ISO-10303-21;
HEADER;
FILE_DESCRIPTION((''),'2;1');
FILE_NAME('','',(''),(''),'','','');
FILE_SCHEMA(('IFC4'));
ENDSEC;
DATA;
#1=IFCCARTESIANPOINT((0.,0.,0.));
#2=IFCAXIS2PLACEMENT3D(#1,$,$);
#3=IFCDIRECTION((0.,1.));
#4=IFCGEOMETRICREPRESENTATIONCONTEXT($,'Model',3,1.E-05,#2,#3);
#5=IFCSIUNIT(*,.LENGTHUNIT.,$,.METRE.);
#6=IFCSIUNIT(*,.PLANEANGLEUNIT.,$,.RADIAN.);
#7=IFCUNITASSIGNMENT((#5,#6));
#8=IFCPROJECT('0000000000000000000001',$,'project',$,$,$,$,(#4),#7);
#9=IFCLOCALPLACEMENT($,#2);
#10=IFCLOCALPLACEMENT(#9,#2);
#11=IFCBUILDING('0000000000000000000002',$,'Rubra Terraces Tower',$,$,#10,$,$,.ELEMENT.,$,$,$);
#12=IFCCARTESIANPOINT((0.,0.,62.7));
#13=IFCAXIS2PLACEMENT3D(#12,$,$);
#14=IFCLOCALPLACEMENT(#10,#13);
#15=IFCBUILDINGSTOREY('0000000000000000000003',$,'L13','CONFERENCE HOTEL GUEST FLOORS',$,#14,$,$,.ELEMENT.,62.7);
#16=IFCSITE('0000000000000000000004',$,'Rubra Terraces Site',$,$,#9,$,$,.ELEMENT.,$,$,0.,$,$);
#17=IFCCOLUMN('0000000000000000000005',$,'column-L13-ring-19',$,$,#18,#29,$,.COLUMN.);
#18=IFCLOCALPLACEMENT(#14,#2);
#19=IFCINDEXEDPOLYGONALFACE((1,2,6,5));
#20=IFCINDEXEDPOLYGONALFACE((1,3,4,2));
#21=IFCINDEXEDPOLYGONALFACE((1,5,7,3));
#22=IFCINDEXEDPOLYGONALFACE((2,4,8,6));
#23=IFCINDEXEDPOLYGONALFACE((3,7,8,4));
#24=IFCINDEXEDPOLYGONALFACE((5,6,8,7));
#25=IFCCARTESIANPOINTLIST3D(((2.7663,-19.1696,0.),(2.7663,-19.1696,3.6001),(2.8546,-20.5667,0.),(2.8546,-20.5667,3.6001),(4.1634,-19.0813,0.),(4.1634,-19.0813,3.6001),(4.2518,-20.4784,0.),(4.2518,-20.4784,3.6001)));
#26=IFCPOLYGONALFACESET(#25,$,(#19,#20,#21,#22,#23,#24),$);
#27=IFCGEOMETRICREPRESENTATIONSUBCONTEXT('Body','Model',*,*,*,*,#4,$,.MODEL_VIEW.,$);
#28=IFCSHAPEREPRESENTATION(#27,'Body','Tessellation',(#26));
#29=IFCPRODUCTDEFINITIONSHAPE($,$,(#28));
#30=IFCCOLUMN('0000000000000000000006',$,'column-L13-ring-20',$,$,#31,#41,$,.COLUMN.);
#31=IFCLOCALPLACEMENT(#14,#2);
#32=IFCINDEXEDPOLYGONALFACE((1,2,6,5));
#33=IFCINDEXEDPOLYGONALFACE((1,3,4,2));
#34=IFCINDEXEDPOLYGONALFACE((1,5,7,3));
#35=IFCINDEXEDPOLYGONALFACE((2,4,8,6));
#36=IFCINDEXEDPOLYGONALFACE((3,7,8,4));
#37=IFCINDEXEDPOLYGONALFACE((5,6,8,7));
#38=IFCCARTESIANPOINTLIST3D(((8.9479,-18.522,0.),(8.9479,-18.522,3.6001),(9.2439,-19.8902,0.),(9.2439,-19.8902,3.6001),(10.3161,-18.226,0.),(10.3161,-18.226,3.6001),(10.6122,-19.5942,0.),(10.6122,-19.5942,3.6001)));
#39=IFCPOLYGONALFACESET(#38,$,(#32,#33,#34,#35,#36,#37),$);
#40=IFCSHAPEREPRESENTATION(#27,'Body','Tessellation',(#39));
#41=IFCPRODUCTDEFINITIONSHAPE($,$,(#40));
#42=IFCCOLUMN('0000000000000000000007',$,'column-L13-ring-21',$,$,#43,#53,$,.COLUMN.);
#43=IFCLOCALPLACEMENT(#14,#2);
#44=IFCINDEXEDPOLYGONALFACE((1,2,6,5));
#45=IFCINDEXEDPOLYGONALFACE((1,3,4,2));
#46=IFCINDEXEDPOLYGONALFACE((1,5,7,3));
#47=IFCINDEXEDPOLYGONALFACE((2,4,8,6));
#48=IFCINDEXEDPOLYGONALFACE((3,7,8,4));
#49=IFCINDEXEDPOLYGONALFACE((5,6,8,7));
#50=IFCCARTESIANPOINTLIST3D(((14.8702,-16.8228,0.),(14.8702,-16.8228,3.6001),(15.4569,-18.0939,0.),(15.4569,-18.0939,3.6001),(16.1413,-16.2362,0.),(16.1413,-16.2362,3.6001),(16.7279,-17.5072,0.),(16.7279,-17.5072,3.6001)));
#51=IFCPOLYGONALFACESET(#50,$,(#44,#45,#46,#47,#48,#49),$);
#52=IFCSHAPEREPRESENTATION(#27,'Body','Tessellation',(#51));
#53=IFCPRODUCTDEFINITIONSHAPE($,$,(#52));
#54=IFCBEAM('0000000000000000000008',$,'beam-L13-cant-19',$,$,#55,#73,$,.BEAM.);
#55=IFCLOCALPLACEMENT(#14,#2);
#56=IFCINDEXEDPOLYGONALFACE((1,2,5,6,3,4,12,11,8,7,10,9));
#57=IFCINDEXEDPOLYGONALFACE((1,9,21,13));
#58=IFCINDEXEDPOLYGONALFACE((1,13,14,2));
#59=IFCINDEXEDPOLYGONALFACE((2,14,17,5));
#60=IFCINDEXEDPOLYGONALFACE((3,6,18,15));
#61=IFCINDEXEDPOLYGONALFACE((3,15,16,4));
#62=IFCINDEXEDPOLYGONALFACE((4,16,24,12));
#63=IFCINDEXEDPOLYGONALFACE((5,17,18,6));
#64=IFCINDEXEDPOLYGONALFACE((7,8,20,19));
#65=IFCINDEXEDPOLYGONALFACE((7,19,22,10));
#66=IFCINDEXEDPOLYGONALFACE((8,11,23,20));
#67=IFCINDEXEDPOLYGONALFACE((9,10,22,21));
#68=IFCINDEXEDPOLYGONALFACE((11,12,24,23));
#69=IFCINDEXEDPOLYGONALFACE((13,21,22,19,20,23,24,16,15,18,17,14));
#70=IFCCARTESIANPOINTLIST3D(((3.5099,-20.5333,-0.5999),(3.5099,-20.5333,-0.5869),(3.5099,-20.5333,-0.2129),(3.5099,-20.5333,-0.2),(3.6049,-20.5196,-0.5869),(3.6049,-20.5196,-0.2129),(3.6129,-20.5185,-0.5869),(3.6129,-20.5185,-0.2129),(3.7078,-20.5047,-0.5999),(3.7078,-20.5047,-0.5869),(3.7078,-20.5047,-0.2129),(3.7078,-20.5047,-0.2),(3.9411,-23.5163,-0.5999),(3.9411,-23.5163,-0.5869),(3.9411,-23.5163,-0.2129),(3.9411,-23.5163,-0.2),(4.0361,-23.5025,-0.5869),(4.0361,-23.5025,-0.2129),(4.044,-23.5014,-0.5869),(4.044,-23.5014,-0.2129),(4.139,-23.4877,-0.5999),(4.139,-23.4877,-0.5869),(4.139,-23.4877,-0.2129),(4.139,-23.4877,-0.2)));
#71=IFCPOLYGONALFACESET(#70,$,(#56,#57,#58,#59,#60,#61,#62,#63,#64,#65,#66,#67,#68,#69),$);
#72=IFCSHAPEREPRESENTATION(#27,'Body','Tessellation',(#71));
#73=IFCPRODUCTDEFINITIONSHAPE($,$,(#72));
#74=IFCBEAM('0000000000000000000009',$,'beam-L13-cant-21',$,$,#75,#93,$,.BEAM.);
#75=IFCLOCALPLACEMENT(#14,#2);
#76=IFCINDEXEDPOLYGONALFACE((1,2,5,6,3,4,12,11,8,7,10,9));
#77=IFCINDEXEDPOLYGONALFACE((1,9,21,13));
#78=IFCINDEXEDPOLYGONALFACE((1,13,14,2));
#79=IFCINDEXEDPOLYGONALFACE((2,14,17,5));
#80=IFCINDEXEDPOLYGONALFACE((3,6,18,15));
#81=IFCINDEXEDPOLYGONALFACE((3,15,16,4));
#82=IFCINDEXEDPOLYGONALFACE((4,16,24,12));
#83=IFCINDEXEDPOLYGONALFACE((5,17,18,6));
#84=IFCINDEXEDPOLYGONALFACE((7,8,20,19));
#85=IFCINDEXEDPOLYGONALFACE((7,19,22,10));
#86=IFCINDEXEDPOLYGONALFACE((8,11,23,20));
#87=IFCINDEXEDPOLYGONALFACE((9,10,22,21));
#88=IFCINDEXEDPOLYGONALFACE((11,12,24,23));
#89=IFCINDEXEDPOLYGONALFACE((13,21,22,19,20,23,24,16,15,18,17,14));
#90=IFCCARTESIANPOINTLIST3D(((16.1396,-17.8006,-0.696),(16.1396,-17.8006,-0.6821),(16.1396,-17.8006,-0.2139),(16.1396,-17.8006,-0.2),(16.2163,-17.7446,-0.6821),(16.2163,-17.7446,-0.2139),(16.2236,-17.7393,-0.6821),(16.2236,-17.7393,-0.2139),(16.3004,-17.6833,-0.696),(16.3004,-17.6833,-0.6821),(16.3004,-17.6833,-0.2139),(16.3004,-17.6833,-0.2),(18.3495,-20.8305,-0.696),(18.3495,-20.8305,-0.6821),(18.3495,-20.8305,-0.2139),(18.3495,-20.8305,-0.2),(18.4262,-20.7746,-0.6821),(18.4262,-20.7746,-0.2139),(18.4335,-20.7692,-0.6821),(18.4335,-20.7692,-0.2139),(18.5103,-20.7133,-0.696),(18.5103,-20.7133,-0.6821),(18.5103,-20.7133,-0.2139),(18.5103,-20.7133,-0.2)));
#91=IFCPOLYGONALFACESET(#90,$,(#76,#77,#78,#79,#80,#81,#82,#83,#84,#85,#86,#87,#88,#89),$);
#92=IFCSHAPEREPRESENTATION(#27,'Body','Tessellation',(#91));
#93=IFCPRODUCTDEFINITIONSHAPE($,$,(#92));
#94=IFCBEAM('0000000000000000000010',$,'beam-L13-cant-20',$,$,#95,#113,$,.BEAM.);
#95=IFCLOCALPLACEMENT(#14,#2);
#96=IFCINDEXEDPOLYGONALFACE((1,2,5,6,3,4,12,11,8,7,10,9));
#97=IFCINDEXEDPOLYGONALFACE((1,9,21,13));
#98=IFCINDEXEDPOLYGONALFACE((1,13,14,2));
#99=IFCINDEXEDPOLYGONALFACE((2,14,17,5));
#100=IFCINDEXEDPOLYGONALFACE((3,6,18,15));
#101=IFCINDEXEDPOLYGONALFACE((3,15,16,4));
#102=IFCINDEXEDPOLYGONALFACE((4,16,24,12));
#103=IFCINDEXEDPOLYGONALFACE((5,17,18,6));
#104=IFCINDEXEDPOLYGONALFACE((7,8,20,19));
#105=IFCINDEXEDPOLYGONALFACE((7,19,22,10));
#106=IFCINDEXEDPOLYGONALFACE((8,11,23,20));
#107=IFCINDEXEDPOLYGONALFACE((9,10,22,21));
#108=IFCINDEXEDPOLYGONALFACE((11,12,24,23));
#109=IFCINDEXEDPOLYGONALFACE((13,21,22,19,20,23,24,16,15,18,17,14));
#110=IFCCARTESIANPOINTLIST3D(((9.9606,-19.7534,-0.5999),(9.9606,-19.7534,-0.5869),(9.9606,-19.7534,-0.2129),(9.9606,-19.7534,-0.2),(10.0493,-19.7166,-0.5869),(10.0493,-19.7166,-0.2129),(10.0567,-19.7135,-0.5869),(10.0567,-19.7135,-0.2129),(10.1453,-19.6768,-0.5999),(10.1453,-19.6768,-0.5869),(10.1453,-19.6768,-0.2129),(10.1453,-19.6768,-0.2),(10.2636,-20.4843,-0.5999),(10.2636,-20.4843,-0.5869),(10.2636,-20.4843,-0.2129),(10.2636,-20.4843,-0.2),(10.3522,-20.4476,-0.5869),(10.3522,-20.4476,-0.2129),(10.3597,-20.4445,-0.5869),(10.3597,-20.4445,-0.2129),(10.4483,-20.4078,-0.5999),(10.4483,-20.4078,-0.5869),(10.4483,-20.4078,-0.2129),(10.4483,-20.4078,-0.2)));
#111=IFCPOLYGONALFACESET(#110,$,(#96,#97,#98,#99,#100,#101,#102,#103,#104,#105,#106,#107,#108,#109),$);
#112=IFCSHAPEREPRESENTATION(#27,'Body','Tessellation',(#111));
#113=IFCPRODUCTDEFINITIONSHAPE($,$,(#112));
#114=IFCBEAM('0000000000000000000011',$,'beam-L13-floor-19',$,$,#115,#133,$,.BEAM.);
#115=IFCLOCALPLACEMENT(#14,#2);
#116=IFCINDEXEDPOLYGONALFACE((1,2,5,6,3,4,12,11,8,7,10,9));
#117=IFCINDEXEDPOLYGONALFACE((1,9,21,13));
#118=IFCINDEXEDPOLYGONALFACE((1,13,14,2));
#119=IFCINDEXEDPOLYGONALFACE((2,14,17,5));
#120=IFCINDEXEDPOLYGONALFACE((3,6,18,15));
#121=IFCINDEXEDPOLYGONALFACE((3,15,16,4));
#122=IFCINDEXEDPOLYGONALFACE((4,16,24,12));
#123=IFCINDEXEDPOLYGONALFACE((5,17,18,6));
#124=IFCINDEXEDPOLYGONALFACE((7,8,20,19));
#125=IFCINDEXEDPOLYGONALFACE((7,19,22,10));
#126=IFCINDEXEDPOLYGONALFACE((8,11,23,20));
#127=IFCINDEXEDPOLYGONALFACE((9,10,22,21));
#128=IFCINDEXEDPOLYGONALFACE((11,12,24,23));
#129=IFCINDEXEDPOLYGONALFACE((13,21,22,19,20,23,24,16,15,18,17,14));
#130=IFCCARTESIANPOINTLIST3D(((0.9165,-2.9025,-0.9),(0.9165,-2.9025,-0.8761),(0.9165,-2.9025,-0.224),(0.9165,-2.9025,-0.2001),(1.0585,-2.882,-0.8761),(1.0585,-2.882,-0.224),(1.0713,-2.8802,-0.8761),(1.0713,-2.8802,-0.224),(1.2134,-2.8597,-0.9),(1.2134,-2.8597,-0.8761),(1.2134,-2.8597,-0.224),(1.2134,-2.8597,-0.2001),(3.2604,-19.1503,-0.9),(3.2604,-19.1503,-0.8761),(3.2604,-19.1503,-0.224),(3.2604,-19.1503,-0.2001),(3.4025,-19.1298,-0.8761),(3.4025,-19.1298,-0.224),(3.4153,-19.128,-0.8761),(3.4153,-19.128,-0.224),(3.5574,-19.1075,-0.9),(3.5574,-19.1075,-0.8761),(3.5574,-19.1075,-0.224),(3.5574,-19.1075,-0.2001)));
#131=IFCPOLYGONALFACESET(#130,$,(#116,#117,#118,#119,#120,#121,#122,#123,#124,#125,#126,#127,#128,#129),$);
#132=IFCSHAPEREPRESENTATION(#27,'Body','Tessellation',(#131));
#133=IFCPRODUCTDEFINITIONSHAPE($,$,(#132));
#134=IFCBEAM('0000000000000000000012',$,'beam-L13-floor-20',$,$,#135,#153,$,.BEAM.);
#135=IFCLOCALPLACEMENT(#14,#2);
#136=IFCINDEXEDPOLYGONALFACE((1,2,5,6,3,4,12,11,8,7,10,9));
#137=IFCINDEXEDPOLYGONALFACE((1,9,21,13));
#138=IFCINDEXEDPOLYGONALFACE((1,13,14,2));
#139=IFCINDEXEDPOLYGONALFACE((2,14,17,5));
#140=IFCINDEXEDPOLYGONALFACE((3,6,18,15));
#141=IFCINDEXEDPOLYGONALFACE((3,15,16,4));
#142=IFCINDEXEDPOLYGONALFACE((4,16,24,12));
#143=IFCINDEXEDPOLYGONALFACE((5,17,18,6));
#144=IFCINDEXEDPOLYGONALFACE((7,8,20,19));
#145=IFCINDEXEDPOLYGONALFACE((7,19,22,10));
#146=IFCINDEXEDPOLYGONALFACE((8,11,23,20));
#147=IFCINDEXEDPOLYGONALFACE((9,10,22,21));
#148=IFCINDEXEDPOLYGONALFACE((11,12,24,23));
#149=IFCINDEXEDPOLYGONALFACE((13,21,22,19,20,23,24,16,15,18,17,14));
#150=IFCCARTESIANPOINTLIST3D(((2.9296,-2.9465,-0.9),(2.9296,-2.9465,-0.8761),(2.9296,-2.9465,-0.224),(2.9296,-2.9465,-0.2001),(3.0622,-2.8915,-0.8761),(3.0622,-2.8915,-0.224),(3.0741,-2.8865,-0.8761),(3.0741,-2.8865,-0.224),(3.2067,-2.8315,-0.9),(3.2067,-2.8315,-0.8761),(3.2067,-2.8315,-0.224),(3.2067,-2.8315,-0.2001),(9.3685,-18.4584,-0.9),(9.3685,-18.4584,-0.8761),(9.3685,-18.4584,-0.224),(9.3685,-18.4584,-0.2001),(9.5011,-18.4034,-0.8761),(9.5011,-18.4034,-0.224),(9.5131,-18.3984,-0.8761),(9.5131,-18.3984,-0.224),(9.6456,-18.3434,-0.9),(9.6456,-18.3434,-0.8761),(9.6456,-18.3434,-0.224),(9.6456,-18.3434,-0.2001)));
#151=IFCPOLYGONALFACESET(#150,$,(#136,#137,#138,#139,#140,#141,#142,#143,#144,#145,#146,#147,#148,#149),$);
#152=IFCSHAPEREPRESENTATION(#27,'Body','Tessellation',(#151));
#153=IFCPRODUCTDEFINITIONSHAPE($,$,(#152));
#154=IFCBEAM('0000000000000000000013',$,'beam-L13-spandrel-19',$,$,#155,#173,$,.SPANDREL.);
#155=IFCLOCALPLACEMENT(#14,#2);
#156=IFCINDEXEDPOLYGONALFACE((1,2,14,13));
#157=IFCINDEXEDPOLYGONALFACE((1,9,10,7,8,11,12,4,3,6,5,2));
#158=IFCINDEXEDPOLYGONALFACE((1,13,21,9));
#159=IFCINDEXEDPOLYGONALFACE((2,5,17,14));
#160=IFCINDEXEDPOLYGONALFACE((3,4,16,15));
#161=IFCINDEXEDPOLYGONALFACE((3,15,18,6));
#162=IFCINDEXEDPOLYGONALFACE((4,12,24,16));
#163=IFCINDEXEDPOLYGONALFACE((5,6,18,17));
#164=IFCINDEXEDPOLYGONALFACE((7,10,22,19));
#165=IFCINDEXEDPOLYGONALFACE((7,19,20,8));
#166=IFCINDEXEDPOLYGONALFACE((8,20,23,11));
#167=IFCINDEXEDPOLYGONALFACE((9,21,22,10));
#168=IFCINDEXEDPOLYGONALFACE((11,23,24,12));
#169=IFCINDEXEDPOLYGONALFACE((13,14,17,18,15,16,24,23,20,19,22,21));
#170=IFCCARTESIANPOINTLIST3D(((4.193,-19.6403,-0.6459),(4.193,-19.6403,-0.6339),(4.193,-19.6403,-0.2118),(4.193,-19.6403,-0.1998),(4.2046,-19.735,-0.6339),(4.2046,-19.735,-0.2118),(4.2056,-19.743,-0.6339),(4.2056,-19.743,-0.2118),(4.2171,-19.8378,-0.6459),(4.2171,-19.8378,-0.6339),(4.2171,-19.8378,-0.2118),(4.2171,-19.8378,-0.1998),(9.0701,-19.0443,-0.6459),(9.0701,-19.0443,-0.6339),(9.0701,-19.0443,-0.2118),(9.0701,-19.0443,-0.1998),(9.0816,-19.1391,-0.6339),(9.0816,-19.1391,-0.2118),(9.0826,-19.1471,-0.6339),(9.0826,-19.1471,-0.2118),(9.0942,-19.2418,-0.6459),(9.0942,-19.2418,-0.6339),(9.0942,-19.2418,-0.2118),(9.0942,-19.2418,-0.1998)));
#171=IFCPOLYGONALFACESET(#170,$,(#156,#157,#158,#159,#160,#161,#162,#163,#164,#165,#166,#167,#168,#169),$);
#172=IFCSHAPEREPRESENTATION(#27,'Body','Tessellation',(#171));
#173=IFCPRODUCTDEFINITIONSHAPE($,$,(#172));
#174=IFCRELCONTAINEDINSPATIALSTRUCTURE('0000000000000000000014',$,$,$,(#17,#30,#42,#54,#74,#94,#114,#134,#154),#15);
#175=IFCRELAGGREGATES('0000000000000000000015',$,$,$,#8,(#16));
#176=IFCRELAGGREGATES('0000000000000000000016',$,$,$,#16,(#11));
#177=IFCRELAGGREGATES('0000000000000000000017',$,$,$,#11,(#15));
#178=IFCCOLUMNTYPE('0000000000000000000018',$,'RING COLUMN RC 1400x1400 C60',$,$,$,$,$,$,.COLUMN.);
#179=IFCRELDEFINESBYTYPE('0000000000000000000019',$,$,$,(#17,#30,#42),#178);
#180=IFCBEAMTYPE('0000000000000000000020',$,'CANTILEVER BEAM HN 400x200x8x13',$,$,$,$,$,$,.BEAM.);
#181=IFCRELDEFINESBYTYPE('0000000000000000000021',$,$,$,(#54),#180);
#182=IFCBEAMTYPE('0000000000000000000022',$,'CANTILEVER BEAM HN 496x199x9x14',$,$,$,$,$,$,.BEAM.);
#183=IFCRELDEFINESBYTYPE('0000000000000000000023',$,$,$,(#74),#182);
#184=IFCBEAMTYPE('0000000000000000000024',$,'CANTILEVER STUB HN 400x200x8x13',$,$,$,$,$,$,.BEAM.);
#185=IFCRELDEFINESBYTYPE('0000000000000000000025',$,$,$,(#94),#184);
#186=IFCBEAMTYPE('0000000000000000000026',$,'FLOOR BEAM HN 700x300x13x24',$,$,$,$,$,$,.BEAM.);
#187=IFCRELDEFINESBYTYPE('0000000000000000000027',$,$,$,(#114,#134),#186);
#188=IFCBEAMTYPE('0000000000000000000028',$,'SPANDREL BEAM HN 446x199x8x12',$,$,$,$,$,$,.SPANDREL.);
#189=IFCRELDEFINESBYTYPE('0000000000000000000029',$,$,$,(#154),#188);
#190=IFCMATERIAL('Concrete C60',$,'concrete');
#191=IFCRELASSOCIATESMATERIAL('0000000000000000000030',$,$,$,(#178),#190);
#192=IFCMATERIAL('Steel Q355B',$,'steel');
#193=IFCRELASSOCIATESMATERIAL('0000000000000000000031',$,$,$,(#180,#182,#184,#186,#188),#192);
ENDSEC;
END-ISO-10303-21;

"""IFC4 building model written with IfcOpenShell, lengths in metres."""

from ifc_helpers import new_model, si_unit, direction, frame, origin, origin_2d, place, context, subcontext, project, spatial, rectangle, i_section, extrude, material, material_profile, profile_set, type_object, element, save


model = new_model("IFC4")

# Units and contexts
model_context = context("Model", 3, precision=1e-05, world=origin(), true_north=direction((0.0, 1.0)))
body_context = subcontext(model_context, "Body", "Model", "MODEL_VIEW")
ifc_project = project(units=[si_unit("LENGTHUNIT", "METRE"), si_unit("PLANEANGLEUNIT", "RADIAN")], contexts=[model_context])

# Site, building, storey
site_placement = place(None, origin())
site = spatial("IfcSite", under=ifc_project, at=site_placement, Name="Rubra Terraces Site", CompositionType="ELEMENT", RefElevation=0.0)
building_placement = place(site_placement, origin())
building = spatial("IfcBuilding", under=site, at=building_placement, Name="Rubra Terraces Tower", CompositionType="ELEMENT")
storey_placement = place(building_placement, frame((0.0, 0.0, 62.7)))
storey = spatial("IfcBuildingStorey", under=building, at=storey_placement, Name="L13", Description="CONFERENCE HOTEL GUEST FLOORS", CompositionType="ELEMENT", Elevation=62.7)

# Columns
ifc_material_1 = material(Name="Concrete C60", Category="concrete")
ifc_material_profile_1 = material_profile(ifc_material_1, rectangle(XDim=1.3999, YDim=1.3999, at=origin_2d()), Name="RC 1400x1400")
ifc_profile_set_1 = profile_set([ifc_material_profile_1], Name="Concrete C60")
column_type = type_object("IfcColumnType", Name="RING COLUMN RC 1400x1400 C60", PredefinedType="COLUMN", material=ifc_profile_set_1)
for number, where, z_axis, x_axis, name in (
    (1, (3.509, -19.824, 0.0), (0.0, 0.0, 1.0), (0.998008, 0.063094, 0.0), "column-L13-ring-19"),
    (2, (9.78, -19.0581, 0.0), (0.0, 0.0, 1.0), (0.977386, 0.211462, 0.0), "column-L13-ring-20"),
    (3, (15.7991, -17.165, 0.0), (0.0, 0.0, 1.0), (0.907952, 0.419073, 0.0), "column-L13-ring-21"),
):
    element("IfcColumn", number, at=place(storey_placement, frame(where, z_axis=z_axis, x_axis=x_axis)), inside=storey, type_object=column_type, Name=name, PredefinedType="COLUMN", context=body_context, shape_type="SweptSolid", body=[
        extrude(rectangle(XDim=1.3999, YDim=1.3999, at=origin_2d()), origin(), (0.0, 0.0, 1.0), 3.6001),
    ])

# Beams
ifc_material_2 = material(Name="Steel Q355B", Category="steel")
ifc_material_profile_2 = material_profile(ifc_material_2, i_section(OverallWidth=0.2, OverallDepth=0.3999, WebThickness=0.0081, FlangeThickness=0.0129, at=origin_2d()), Name="HN 400x200x8x13")
ifc_profile_set_2 = profile_set([ifc_material_profile_2], Name="Steel Q355B")
beam_type_1 = type_object("IfcBeamType", Name="CANTILEVER BEAM HN 400x200x8x13", PredefinedType="BEAM", material=ifc_profile_set_2)
beam_1_placement = place(storey_placement, frame((3.6089, -20.519, -0.3999), z_axis=(0.143054, -0.989715, 0.0), x_axis=(0.989715, 0.143054, 0.0)))
element("IfcBeam", 4, at=beam_1_placement, inside=storey, type_object=beam_type_1, Name="beam-L13-cant-19", PredefinedType="BEAM", context=body_context, shape_type="SweptSolid", body=[
    extrude(i_section(OverallWidth=0.2, OverallDepth=0.3999, WebThickness=0.0081, FlangeThickness=0.0129, at=origin_2d()), origin(), (0.0, 0.0, 1.0), 3.0139),
])
ifc_material_profile_3 = material_profile(ifc_material_2, i_section(OverallWidth=0.199, OverallDepth=0.4961, WebThickness=0.009, FlangeThickness=0.0139, at=origin_2d()), Name="HN 496x199x9x14")
ifc_profile_set_3 = profile_set([ifc_material_profile_3], Name="Steel Q355B")
beam_type_2 = type_object("IfcBeamType", Name="CANTILEVER BEAM HN 496x199x9x14", PredefinedType="BEAM", material=ifc_profile_set_3)
beam_2_placement = place(storey_placement, frame((16.22, -17.7419, -0.448), z_axis=(0.58927, -0.807936, 0.0), x_axis=(0.807936, 0.58927, 0.0)))
element("IfcBeam", 5, at=beam_2_placement, inside=storey, type_object=beam_type_2, Name="beam-L13-cant-21", PredefinedType="BEAM", context=body_context, shape_type="SweptSolid", body=[
    extrude(i_section(OverallWidth=0.199, OverallDepth=0.4961, WebThickness=0.009, FlangeThickness=0.0139, at=origin_2d()), origin(), (0.0, 0.0, 1.0), 3.7502),
])
ifc_material_profile_4 = material_profile(ifc_material_2, i_section(OverallWidth=0.2, OverallDepth=0.3999, WebThickness=0.0081, FlangeThickness=0.0129, at=origin_2d()), Name="HN 400x200x8x13")
ifc_profile_set_4 = profile_set([ifc_material_profile_4], Name="Steel Q355B")
beam_type_3 = type_object("IfcBeamType", Name="CANTILEVER STUB HN 400x200x8x13", PredefinedType="BEAM", material=ifc_profile_set_4)
beam_3_placement = place(storey_placement, frame((10.053, -19.7151, -0.3999), z_axis=(0.382906, -0.923787, 0.0), x_axis=(0.923787, 0.382906, 0.0)))
element("IfcBeam", 6, at=beam_3_placement, inside=storey, type_object=beam_type_3, Name="beam-L13-cant-20", PredefinedType="BEAM", context=body_context, shape_type="SweptSolid", body=[
    extrude(i_section(OverallWidth=0.2, OverallDepth=0.3999, WebThickness=0.0081, FlangeThickness=0.0129, at=origin_2d()), origin(), (0.0, 0.0, 1.0), 0.7913),
])
ifc_material_profile_5 = material_profile(ifc_material_2, i_section(OverallWidth=0.3, OverallDepth=0.7, WebThickness=0.0129, FlangeThickness=0.0239, at=origin_2d()), Name="HN 700x300x13x24")
ifc_profile_set_5 = profile_set([ifc_material_profile_5], Name="Steel Q355B")
beam_type_4 = type_object("IfcBeamType", Name="FLOOR BEAM HN 700x300x13x24", PredefinedType="BEAM", material=ifc_profile_set_5)
beam_4_placement = place(storey_placement, frame((3.4089, -19.1289, -0.55), z_axis=(-0.142787, 0.989753, 0.0), x_axis=(-0.989753, -0.142787, 0.0)))
element("IfcBeam", 7, at=beam_4_placement, inside=storey, type_object=beam_type_4, Name="beam-L13-floor-19", PredefinedType="BEAM", context=body_context, shape_type="SweptSolid", body=[
    extrude(i_section(OverallWidth=0.3, OverallDepth=0.7, WebThickness=0.0129, FlangeThickness=0.0239, at=origin_2d()), origin(), (0.0, 0.0, 1.0), 16.416),
])
beam_5_placement = place(storey_placement, frame((9.5071, -18.4009, -0.55), z_axis=(-0.38338, 0.923591, 0.0), x_axis=(-0.923591, -0.38338, 0.0)))
element("IfcBeam", 8, at=beam_5_placement, inside=storey, type_object=beam_type_4, Name="beam-L13-floor-20", PredefinedType="BEAM", context=body_context, shape_type="SweptSolid", body=[
    extrude(i_section(OverallWidth=0.3, OverallDepth=0.7, WebThickness=0.0129, FlangeThickness=0.0239, at=origin_2d()), origin(), (0.0, 0.0, 1.0), 16.7952),
])
ifc_material_profile_6 = material_profile(ifc_material_2, i_section(OverallWidth=0.199, OverallDepth=0.446, WebThickness=0.0081, FlangeThickness=0.012, at=origin_2d()), Name="HN 446x199x8x12")
ifc_profile_set_6 = profile_set([ifc_material_profile_6], Name="Steel Q355B")
beam_type_5 = type_object("IfcBeamType", Name="SPANDREL BEAM HN 446x199x8x12", PredefinedType="SPANDREL", material=ifc_profile_set_6)
beam_6_placement = place(storey_placement, frame((4.2051, -19.739, -0.4229), z_axis=(0.992617, 0.121294, 0.0), x_axis=(-0.121294, 0.992617, 0.0)))
element("IfcBeam", 9, at=beam_6_placement, inside=storey, type_object=beam_type_5, Name="beam-L13-spandrel-19", PredefinedType="SPANDREL", context=body_context, shape_type="SweptSolid", body=[
    extrude(i_section(OverallWidth=0.199, OverallDepth=0.446, WebThickness=0.0081, FlangeThickness=0.012, at=origin_2d()), origin(), (0.0, 0.0, 1.0), 4.9133),
])

save(model, "model.ifc")
